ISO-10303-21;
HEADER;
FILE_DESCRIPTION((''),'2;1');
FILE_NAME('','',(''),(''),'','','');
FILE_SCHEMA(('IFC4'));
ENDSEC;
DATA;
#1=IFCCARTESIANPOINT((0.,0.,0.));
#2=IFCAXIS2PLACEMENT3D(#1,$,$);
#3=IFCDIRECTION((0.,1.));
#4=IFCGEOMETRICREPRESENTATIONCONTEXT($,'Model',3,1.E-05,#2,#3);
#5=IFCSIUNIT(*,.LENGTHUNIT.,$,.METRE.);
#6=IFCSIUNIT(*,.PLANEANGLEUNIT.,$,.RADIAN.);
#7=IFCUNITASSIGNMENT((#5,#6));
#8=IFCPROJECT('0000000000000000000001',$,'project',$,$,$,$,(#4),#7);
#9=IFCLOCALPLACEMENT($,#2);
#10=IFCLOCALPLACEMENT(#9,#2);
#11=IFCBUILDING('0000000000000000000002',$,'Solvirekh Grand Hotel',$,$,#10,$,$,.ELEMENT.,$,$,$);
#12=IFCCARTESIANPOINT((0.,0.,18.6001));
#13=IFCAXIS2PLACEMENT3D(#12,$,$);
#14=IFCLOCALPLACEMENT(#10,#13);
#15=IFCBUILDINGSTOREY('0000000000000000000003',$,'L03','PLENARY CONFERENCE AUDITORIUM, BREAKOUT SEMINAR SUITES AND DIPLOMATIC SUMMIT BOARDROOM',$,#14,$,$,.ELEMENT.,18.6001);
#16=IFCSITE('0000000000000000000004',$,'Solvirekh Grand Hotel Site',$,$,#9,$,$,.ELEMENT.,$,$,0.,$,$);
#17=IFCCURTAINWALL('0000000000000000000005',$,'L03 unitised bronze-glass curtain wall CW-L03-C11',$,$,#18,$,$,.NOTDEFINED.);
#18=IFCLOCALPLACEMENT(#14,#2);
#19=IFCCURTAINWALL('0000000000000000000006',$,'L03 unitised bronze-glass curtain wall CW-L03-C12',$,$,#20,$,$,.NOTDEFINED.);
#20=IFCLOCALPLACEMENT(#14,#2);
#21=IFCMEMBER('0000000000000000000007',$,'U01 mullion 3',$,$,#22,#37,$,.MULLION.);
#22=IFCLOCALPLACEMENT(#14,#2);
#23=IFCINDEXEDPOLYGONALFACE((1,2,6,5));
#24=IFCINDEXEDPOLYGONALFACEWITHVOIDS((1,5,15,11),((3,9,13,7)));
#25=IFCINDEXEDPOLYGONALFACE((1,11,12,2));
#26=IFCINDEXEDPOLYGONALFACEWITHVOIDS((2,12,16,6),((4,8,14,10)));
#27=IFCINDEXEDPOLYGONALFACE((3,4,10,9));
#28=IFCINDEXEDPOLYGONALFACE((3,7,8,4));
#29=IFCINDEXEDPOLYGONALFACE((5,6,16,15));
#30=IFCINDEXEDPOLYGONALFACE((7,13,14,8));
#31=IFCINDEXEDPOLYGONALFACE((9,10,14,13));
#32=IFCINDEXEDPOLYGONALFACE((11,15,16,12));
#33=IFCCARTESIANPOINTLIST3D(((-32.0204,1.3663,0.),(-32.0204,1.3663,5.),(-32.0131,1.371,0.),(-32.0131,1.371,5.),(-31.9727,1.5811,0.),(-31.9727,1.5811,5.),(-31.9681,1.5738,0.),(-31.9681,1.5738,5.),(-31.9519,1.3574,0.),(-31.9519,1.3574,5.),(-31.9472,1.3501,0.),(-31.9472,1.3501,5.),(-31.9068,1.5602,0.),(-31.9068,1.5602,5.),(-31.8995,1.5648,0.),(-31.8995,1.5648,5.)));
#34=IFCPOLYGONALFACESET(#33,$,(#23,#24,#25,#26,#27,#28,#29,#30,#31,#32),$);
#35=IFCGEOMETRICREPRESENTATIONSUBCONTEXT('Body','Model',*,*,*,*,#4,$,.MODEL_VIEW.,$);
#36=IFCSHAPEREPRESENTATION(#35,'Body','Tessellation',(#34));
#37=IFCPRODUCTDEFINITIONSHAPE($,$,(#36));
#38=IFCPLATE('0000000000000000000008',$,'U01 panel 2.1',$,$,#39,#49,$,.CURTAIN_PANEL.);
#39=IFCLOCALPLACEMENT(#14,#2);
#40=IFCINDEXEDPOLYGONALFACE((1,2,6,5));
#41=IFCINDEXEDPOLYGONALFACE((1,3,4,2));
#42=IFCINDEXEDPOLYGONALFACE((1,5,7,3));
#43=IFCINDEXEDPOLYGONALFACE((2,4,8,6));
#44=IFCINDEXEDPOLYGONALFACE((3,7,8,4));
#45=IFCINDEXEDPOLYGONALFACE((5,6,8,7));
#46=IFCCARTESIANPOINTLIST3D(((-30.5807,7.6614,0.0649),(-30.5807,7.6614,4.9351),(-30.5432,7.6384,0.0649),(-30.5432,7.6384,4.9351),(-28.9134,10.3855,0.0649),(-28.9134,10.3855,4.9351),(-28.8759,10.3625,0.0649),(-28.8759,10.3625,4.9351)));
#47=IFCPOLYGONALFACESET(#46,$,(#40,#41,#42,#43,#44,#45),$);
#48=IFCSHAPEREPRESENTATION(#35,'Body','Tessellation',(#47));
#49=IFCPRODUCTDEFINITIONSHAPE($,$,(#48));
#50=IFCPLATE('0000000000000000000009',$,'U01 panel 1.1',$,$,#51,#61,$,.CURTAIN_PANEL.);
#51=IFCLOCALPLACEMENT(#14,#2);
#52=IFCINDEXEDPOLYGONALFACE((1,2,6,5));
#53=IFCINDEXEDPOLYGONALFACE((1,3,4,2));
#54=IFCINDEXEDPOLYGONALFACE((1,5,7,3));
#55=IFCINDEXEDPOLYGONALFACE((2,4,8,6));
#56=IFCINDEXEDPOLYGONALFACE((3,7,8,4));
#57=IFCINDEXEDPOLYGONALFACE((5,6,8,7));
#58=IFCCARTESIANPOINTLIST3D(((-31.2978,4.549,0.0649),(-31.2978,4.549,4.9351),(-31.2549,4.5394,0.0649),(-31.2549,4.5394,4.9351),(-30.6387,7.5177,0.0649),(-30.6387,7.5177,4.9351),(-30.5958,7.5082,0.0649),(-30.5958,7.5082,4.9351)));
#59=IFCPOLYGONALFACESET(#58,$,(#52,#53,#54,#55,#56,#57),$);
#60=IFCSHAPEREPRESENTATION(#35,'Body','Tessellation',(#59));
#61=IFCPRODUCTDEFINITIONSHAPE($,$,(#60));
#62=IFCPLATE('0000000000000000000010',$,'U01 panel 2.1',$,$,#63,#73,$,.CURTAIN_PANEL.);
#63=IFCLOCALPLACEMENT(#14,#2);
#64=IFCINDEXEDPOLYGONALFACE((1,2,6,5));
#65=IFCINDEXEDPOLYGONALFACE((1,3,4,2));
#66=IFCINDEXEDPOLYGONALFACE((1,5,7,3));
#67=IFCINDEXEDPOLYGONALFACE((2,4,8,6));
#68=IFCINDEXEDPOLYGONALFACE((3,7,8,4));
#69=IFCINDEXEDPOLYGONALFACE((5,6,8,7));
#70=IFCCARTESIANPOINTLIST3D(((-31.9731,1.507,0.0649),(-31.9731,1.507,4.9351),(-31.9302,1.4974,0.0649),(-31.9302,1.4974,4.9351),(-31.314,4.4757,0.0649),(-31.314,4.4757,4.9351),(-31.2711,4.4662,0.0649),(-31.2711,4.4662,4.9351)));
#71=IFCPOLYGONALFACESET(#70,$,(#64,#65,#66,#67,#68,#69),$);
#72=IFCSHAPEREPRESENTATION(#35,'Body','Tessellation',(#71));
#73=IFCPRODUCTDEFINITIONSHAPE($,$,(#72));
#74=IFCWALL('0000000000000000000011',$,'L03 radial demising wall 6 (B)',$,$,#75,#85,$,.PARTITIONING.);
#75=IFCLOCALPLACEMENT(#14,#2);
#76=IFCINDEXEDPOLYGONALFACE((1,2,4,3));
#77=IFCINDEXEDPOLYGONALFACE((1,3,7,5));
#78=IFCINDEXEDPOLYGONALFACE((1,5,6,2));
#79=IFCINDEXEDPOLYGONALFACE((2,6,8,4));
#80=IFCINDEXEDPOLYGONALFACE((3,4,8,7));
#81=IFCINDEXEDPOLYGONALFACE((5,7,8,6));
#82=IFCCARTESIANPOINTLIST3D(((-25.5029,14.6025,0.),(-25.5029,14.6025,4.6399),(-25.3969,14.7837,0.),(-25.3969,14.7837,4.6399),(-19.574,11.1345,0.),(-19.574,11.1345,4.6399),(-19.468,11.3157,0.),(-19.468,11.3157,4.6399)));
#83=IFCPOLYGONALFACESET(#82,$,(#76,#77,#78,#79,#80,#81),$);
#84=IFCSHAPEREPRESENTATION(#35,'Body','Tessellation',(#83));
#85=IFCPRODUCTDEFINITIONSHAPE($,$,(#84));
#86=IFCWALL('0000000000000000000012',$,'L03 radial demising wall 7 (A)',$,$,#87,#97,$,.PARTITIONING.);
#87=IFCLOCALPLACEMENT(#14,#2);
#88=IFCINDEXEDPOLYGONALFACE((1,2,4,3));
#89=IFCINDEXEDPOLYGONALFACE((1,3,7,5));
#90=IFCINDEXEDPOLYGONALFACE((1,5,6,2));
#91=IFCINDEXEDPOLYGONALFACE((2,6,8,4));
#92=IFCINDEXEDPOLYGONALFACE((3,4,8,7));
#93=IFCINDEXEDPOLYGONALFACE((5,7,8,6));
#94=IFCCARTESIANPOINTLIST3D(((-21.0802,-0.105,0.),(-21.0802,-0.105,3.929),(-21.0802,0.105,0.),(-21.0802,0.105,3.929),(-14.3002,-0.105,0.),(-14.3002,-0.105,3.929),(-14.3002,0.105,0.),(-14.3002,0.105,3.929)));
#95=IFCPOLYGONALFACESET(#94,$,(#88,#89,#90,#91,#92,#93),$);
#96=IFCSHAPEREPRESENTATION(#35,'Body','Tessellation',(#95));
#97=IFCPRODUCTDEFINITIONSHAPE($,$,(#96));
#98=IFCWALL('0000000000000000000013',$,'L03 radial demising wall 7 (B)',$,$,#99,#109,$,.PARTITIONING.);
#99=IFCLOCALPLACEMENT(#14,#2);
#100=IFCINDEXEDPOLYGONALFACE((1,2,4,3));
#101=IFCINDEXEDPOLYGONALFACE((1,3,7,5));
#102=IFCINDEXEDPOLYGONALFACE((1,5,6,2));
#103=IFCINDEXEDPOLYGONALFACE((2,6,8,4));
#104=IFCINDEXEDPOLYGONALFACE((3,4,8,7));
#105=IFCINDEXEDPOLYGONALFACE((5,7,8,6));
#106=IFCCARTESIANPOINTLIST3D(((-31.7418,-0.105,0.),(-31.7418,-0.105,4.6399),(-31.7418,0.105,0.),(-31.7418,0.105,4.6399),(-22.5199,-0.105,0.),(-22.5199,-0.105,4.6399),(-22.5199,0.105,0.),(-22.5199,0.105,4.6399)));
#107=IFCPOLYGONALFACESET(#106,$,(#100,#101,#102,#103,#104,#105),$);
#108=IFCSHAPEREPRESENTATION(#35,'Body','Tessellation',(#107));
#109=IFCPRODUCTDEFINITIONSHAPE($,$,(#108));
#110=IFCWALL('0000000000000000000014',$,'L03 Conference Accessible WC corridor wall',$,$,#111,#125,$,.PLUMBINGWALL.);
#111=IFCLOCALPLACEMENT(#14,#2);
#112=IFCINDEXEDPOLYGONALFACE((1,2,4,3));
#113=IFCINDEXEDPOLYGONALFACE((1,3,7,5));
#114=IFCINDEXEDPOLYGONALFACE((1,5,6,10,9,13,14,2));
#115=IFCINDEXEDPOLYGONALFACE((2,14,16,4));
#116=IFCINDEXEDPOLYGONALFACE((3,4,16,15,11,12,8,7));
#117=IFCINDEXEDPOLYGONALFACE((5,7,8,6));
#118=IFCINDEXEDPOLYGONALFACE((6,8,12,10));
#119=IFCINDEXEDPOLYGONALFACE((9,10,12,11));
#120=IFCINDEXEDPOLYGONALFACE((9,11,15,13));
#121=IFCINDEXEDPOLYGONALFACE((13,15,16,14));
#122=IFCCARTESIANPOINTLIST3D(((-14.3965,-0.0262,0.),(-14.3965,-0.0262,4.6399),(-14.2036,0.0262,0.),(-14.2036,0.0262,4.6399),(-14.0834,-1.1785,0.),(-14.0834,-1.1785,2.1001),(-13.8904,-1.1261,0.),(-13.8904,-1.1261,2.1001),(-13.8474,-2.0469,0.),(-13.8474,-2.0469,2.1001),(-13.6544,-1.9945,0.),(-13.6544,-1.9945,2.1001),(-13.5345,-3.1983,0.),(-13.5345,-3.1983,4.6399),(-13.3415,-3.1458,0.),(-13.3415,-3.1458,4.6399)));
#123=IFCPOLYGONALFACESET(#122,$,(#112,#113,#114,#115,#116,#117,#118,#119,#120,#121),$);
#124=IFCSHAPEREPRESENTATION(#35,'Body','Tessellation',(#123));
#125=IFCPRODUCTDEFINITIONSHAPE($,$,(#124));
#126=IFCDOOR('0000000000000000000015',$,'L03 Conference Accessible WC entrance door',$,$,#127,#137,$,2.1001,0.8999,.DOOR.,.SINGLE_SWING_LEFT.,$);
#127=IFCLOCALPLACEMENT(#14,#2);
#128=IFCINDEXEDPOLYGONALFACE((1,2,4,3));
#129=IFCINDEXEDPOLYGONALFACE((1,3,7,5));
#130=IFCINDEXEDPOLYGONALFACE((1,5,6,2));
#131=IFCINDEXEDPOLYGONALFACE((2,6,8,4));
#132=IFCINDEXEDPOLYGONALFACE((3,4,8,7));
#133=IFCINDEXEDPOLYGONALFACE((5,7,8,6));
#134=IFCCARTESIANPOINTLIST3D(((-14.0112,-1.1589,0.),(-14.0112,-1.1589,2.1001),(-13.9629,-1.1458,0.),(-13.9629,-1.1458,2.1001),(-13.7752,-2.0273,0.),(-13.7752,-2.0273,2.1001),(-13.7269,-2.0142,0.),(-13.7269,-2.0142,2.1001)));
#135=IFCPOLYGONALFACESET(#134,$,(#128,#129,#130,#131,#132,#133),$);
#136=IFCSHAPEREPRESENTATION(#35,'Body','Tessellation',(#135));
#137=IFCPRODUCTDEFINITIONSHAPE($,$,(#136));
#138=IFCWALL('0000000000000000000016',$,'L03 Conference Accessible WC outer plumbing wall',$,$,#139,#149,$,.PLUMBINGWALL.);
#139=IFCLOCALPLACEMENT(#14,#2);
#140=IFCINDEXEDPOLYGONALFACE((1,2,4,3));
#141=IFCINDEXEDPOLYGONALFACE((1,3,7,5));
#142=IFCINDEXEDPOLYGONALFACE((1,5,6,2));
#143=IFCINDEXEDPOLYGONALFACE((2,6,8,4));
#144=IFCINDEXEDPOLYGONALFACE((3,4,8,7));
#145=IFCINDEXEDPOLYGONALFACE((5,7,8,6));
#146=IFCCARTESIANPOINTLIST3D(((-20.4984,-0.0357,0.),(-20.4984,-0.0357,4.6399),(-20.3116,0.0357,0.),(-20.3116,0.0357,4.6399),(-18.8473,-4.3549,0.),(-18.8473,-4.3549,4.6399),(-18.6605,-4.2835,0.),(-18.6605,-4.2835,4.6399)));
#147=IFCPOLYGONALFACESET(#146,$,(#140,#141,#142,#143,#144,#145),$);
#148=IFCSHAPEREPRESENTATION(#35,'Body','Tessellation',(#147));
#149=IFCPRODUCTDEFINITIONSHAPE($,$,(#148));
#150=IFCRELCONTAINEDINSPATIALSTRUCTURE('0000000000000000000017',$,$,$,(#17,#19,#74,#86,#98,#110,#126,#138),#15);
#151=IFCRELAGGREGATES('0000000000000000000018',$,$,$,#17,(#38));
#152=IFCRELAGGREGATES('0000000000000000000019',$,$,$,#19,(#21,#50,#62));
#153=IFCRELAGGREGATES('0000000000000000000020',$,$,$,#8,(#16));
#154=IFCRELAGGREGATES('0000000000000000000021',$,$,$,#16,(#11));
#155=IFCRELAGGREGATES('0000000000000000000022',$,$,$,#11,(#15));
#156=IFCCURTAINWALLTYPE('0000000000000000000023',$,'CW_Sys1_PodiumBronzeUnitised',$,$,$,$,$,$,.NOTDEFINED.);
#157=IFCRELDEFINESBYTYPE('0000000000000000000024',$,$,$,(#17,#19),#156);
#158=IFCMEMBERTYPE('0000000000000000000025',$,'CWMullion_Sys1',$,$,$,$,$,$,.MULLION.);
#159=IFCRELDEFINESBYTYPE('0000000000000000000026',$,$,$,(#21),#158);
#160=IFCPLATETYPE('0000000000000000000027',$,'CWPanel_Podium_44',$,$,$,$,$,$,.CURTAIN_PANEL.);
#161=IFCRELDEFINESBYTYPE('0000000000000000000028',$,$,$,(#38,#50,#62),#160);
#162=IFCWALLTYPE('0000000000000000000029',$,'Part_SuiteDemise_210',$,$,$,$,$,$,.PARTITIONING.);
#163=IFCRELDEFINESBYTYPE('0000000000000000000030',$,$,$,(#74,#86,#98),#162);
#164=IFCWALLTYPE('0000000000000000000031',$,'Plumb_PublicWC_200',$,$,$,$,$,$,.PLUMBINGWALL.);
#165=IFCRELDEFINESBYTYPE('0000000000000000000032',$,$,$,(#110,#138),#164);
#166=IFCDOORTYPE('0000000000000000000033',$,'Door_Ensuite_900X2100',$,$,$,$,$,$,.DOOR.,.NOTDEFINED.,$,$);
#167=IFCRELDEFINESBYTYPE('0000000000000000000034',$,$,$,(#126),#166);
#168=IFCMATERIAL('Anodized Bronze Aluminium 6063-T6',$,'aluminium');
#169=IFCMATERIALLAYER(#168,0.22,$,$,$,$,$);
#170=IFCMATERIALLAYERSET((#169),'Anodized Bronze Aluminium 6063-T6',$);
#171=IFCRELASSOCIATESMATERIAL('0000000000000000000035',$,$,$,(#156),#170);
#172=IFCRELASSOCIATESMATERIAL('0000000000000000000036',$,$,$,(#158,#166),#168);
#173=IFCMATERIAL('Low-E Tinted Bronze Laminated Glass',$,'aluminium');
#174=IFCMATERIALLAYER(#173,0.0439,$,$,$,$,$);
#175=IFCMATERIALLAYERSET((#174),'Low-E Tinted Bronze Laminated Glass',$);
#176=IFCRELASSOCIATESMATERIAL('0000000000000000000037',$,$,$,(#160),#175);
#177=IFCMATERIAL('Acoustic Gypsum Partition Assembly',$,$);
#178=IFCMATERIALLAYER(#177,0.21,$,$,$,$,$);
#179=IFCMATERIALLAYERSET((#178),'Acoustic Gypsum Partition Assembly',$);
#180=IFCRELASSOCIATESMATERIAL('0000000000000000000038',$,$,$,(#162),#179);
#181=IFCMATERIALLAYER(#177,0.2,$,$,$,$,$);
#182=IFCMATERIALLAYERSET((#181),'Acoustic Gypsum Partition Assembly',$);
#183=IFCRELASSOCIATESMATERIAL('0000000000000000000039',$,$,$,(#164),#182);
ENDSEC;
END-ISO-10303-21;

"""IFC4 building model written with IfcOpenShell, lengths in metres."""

from ifc_helpers import new_model, si_unit, direction, frame, frame_2d, origin, origin_2d, place, context, subcontext, project, spatial, rectangle, hollow_rectangle, extrude, source, transform, mapped, material, layer, layer_set, material_profile, profile_set, type_object, element, fill, aggregate, save


model = new_model("IFC4")

# Units and contexts
model_context = context("Model", 3, precision=1e-05, world=origin(), true_north=direction((0.0, 1.0)))
body_context = subcontext(model_context, "Body", "Model", "MODEL_VIEW")
ifc_project = project(units=[si_unit("LENGTHUNIT", "METRE"), si_unit("PLANEANGLEUNIT", "RADIAN")], contexts=[model_context])

# Site, building, storey
site_placement = place(None, origin())
site = spatial("IfcSite", under=ifc_project, at=site_placement, Name="Solvirekh Grand Hotel Site", CompositionType="ELEMENT", RefElevation=0.0)
building_placement = place(site_placement, origin())
building = spatial("IfcBuilding", under=site, at=building_placement, Name="Solvirekh Grand Hotel", CompositionType="ELEMENT")
storey_placement = place(building_placement, frame((0.0, 0.0, 18.6001)))
storey = spatial("IfcBuildingStorey", under=building, at=storey_placement, Name="L03", Description="PLENARY CONFERENCE AUDITORIUM, BREAKOUT SEMINAR SUITES AND DIPLOMATIC SUMMIT BOARDROOM", CompositionType="ELEMENT", Elevation=18.6001)

# Curtain walls
ifc_material_1 = material(Name="Anodized Bronze Aluminium 6063-T6", Category="aluminium")
ifc_layer_1 = layer(ifc_material_1, 0.22)
ifc_layer_set_1 = layer_set([ifc_layer_1], Name="Anodized Bronze Aluminium 6063-T6")
curtain_wall_type = type_object("IfcCurtainWallType", Name="CW_Sys1_PodiumBronzeUnitised", PredefinedType="NOTDEFINED", material=ifc_layer_set_1)
curtain_wall_1_placement = place(storey_placement, origin())
curtain_wall_1 = element("IfcCurtainWall", 1, at=curtain_wall_1_placement, inside=storey, type_object=curtain_wall_type, Name="L03 unitised bronze-glass curtain wall CW-L03-C11", PredefinedType="NOTDEFINED")
curtain_wall_2_placement = place(storey_placement, origin())
curtain_wall_2 = element("IfcCurtainWall", 2, at=curtain_wall_2_placement, inside=storey, type_object=curtain_wall_type, Name="L03 unitised bronze-glass curtain wall CW-L03-C12", PredefinedType="NOTDEFINED")

# Member
ifc_material_profile_1 = material_profile(ifc_material_1, hollow_rectangle(XDim=0.075, YDim=0.22, WallThickness=0.0061, at=origin_2d()), Name="ALU RHS 220X75X6")
ifc_profile_set_1 = profile_set([ifc_material_profile_1], Name="Anodized Bronze Aluminium 6063-T6")
member_type_1 = type_object("IfcMemberType", Name="CWMullion_Sys1", PredefinedType="MULLION", material=ifc_profile_set_1)
shared_shape_1 = source(origin(), body_context, "Body", "SweptSolid", [
    extrude(hollow_rectangle(XDim=0.075, YDim=0.22, WallThickness=0.0061, at=origin_2d()), origin(), (0.0, 0.0, 1.0), 5.0),
])
member_1_placement = place(storey_placement, frame((-31.96, 1.4656, 0.0), z_axis=(0.0, 0.0, 1.0), x_axis=(0.976228, -0.216746, 0.0)))
member_1 = element("IfcMember", 3, at=member_1_placement, type_object=member_type_1, Name="U01 mullion 3", PredefinedType="MULLION", context=body_context, shape_type="MappedRepresentation", body=[
    mapped(shared_shape_1, transform((0.0, 0.0, 0.0), x_axis=(1.0, 0.0, 0.0), y_axis=(0.0, 1.0, 0.0), z_axis=(0.0, 0.0, 1.0), scale=1.0)),
])

# Plates
ifc_material_2 = material(Name="Low-E Tinted Bronze Laminated Glass", Category="aluminium")
ifc_layer_2 = layer(ifc_material_2, 0.0439)
ifc_layer_set_2 = layer_set([ifc_layer_2], Name="Low-E Tinted Bronze Laminated Glass")
plate_type = type_object("IfcPlateType", Name="CWPanel_Podium_44", PredefinedType="CURTAIN_PANEL", material=ifc_layer_set_2)
shared_shape_2 = source(origin(), body_context, "Body", "SweptSolid", [
    extrude(rectangle(XDim=3.1938, YDim=0.0439, at=origin_2d()), origin(), (0.0, 0.0, 1.0), 4.8701),
])
plate_1_placement = place(storey_placement, frame((-29.7283, 9.012, 0.0649), z_axis=(0.0, 0.0, 1.0), x_axis=(-0.522037, -0.852923, 0.0)))
plate_1 = element("IfcPlate", 4, at=plate_1_placement, type_object=plate_type, Name="U01 panel 2.1", PredefinedType="CURTAIN_PANEL", context=body_context, shape_type="MappedRepresentation", body=[
    mapped(shared_shape_2, transform((0.0, 0.0, 0.0), x_axis=(1.0, 0.0, 0.0), y_axis=(0.0, 1.0, 0.0), z_axis=(0.0, 0.0, 1.0), scale=1.0)),
])
aggregate(curtain_wall_1, [plate_1])
shared_shape_3 = source(origin(), body_context, "Body", "SweptSolid", [
    extrude(rectangle(XDim=3.041, YDim=0.0439, at=origin_2d()), origin(), (0.0, 0.0, 1.0), 4.8701),
])
plate_2_placement = place(storey_placement, frame((-30.9468, 6.0286, 0.0649), z_axis=(0.0, 0.0, 1.0), x_axis=(-0.216746, -0.976228, 0.0)))
plate_2 = element("IfcPlate", 5, at=plate_2_placement, type_object=plate_type, Name="U01 panel 1.1", PredefinedType="CURTAIN_PANEL", context=body_context, shape_type="MappedRepresentation", body=[
    mapped(shared_shape_3, transform((0.0, 0.0, 0.0), x_axis=(1.0, 0.0, 0.0), y_axis=(0.0, 1.0, 0.0), z_axis=(0.0, 0.0, 1.0), scale=1.0)),
])
plate_3_placement = place(storey_placement, frame((-31.6221, 2.9866, 0.0649), z_axis=(0.0, 0.0, 1.0), x_axis=(-0.216746, -0.976228, 0.0)))
plate_3 = element("IfcPlate", 6, at=plate_3_placement, type_object=plate_type, Name="U01 panel 2.1", PredefinedType="CURTAIN_PANEL", context=body_context, shape_type="MappedRepresentation", body=[
    mapped(shared_shape_3, transform((0.0, 0.0, 0.0), x_axis=(1.0, 0.0, 0.0), y_axis=(0.0, 1.0, 0.0), z_axis=(0.0, 0.0, 1.0), scale=1.0)),
])
aggregate(curtain_wall_2, [member_1, plate_2, plate_3])

# Walls
ifc_material_3 = material(Name="Acoustic Gypsum Partition Assembly")
ifc_layer_3 = layer(ifc_material_3, 0.21)
ifc_layer_set_3 = layer_set([ifc_layer_3], Name="Acoustic Gypsum Partition Assembly")
wall_type_1 = type_object("IfcWallType", Name="Part_SuiteDemise_210", PredefinedType="PARTITIONING", material=ifc_layer_set_3)
wall_1_placement = place(storey_placement, frame((-19.521, 11.2251, 0.0), z_axis=(0.0, 0.0, 1.0), x_axis=(-0.863179, 0.504898, 0.0)))
element("IfcWall", 7, at=wall_1_placement, inside=storey, type_object=wall_type_1, Name="L03 radial demising wall 6 (B)", PredefinedType="PARTITIONING", context=body_context, shape_type="SweptSolid", body=[
    extrude(rectangle(XDim=6.8687, YDim=0.21, at=frame_2d((3.4343, 0.0))), origin(), (0.0, 0.0, 1.0), 4.6399),
])
wall_2_placement = place(storey_placement, frame((-14.3, 0.0, 0.0), z_axis=(0.0, 0.0, 1.0), x_axis=(-1.0, 0.0, 0.0)))
element("IfcWall", 8, at=wall_2_placement, inside=storey, type_object=wall_type_1, Name="L03 radial demising wall 7 (A)", PredefinedType="PARTITIONING", context=body_context, shape_type="SweptSolid", body=[
    extrude(rectangle(XDim=6.78, YDim=0.21, at=frame_2d((3.3901, 0.0))), origin(), (0.0, 0.0, 1.0), 3.929),
])
wall_3_placement = place(storey_placement, frame((-22.52, 0.0, 0.0), z_axis=(0.0, 0.0, 1.0), x_axis=(-1.0, 0.0, 0.0)))
element("IfcWall", 9, at=wall_3_placement, inside=storey, type_object=wall_type_1, Name="L03 radial demising wall 7 (B)", PredefinedType="PARTITIONING", context=body_context, shape_type="SweptSolid", body=[
    extrude(rectangle(XDim=9.2219, YDim=0.21, at=frame_2d((4.6108, 0.0))), origin(), (0.0, 0.0, 1.0), 4.6399),
])

# Wall, opening, door
ifc_layer_4 = layer(ifc_material_3, 0.2)
ifc_layer_set_4 = layer_set([ifc_layer_4], Name="Acoustic Gypsum Partition Assembly")
wall_type_2 = type_object("IfcWallType", Name="Plumb_PublicWC_200", PredefinedType="PLUMBINGWALL", material=ifc_layer_set_4)
wall_4_placement = place(storey_placement, frame((-14.3, 0.0, 0.0), z_axis=(0.0, 0.0, 1.0), x_axis=(0.26225, -0.965, 0.0)))
wall_4 = element("IfcWall", 10, at=wall_4_placement, inside=storey, type_object=wall_type_2, Name="L03 Conference Accessible WC corridor wall", PredefinedType="PLUMBINGWALL", context=body_context, shape_type="SweptSolid", body=[
    extrude(rectangle(XDim=3.2871, YDim=0.2, at=frame_2d((1.6436, 0.0))), origin(), (0.0, 0.0, 1.0), 4.6399),
])
opening_placement = place(wall_4_placement, frame((1.1941, 0.0, 0.0)))
opening = element("IfcOpeningElement", 11, at=opening_placement, cuts=wall_4, PredefinedType="OPENING", context=body_context, shape_type="SweptSolid", body=[
    extrude(rectangle(XDim=0.8999, YDim=2.1001, at=frame_2d((0.45, 1.05))), frame((0.0, 0.1099, 0.0), z_axis=(0.0, -1.0, 0.0), x_axis=(1.0, 0.0, 0.0)), (0.0, 0.0, 1.0), 0.22),
])
door_type = type_object("IfcDoorType", Name="Door_Ensuite_900X2100", OperationType="NOTDEFINED", PredefinedType="DOOR", material=ifc_material_1)
door_placement = place(opening_placement, origin())
door = element("IfcDoor", 12, at=door_placement, inside=storey, type_object=door_type, Name="L03 Conference Accessible WC entrance door", OperationType="SINGLE_SWING_LEFT", OverallHeight=2.1001, OverallWidth=0.8999, PredefinedType="DOOR", context=body_context, shape_type="SweptSolid", body=[
    extrude(rectangle(XDim=0.8999, YDim=2.1001, at=frame_2d((0.45, 1.05))), frame((0.0, 0.0249, 0.0), z_axis=(0.0, -1.0, 0.0), x_axis=(1.0, 0.0, 0.0)), (0.0, 0.0, 1.0), 0.05),
])
fill(opening, door)

# Wall
wall_5_placement = place(storey_placement, frame((-20.405, 0.0, 0.0), z_axis=(0.0, 0.0, 1.0), x_axis=(0.357082, -0.934073, 0.0)))
element("IfcWall", 13, at=wall_5_placement, inside=storey, type_object=wall_type_2, Name="L03 Conference Accessible WC outer plumbing wall", PredefinedType="PLUMBINGWALL", context=body_context, shape_type="SweptSolid", body=[
    extrude(rectangle(XDim=4.624, YDim=0.2, at=frame_2d((2.312, 0.0))), origin(), (0.0, 0.0, 1.0), 4.6399),
])

save(model, "model.ifc")
